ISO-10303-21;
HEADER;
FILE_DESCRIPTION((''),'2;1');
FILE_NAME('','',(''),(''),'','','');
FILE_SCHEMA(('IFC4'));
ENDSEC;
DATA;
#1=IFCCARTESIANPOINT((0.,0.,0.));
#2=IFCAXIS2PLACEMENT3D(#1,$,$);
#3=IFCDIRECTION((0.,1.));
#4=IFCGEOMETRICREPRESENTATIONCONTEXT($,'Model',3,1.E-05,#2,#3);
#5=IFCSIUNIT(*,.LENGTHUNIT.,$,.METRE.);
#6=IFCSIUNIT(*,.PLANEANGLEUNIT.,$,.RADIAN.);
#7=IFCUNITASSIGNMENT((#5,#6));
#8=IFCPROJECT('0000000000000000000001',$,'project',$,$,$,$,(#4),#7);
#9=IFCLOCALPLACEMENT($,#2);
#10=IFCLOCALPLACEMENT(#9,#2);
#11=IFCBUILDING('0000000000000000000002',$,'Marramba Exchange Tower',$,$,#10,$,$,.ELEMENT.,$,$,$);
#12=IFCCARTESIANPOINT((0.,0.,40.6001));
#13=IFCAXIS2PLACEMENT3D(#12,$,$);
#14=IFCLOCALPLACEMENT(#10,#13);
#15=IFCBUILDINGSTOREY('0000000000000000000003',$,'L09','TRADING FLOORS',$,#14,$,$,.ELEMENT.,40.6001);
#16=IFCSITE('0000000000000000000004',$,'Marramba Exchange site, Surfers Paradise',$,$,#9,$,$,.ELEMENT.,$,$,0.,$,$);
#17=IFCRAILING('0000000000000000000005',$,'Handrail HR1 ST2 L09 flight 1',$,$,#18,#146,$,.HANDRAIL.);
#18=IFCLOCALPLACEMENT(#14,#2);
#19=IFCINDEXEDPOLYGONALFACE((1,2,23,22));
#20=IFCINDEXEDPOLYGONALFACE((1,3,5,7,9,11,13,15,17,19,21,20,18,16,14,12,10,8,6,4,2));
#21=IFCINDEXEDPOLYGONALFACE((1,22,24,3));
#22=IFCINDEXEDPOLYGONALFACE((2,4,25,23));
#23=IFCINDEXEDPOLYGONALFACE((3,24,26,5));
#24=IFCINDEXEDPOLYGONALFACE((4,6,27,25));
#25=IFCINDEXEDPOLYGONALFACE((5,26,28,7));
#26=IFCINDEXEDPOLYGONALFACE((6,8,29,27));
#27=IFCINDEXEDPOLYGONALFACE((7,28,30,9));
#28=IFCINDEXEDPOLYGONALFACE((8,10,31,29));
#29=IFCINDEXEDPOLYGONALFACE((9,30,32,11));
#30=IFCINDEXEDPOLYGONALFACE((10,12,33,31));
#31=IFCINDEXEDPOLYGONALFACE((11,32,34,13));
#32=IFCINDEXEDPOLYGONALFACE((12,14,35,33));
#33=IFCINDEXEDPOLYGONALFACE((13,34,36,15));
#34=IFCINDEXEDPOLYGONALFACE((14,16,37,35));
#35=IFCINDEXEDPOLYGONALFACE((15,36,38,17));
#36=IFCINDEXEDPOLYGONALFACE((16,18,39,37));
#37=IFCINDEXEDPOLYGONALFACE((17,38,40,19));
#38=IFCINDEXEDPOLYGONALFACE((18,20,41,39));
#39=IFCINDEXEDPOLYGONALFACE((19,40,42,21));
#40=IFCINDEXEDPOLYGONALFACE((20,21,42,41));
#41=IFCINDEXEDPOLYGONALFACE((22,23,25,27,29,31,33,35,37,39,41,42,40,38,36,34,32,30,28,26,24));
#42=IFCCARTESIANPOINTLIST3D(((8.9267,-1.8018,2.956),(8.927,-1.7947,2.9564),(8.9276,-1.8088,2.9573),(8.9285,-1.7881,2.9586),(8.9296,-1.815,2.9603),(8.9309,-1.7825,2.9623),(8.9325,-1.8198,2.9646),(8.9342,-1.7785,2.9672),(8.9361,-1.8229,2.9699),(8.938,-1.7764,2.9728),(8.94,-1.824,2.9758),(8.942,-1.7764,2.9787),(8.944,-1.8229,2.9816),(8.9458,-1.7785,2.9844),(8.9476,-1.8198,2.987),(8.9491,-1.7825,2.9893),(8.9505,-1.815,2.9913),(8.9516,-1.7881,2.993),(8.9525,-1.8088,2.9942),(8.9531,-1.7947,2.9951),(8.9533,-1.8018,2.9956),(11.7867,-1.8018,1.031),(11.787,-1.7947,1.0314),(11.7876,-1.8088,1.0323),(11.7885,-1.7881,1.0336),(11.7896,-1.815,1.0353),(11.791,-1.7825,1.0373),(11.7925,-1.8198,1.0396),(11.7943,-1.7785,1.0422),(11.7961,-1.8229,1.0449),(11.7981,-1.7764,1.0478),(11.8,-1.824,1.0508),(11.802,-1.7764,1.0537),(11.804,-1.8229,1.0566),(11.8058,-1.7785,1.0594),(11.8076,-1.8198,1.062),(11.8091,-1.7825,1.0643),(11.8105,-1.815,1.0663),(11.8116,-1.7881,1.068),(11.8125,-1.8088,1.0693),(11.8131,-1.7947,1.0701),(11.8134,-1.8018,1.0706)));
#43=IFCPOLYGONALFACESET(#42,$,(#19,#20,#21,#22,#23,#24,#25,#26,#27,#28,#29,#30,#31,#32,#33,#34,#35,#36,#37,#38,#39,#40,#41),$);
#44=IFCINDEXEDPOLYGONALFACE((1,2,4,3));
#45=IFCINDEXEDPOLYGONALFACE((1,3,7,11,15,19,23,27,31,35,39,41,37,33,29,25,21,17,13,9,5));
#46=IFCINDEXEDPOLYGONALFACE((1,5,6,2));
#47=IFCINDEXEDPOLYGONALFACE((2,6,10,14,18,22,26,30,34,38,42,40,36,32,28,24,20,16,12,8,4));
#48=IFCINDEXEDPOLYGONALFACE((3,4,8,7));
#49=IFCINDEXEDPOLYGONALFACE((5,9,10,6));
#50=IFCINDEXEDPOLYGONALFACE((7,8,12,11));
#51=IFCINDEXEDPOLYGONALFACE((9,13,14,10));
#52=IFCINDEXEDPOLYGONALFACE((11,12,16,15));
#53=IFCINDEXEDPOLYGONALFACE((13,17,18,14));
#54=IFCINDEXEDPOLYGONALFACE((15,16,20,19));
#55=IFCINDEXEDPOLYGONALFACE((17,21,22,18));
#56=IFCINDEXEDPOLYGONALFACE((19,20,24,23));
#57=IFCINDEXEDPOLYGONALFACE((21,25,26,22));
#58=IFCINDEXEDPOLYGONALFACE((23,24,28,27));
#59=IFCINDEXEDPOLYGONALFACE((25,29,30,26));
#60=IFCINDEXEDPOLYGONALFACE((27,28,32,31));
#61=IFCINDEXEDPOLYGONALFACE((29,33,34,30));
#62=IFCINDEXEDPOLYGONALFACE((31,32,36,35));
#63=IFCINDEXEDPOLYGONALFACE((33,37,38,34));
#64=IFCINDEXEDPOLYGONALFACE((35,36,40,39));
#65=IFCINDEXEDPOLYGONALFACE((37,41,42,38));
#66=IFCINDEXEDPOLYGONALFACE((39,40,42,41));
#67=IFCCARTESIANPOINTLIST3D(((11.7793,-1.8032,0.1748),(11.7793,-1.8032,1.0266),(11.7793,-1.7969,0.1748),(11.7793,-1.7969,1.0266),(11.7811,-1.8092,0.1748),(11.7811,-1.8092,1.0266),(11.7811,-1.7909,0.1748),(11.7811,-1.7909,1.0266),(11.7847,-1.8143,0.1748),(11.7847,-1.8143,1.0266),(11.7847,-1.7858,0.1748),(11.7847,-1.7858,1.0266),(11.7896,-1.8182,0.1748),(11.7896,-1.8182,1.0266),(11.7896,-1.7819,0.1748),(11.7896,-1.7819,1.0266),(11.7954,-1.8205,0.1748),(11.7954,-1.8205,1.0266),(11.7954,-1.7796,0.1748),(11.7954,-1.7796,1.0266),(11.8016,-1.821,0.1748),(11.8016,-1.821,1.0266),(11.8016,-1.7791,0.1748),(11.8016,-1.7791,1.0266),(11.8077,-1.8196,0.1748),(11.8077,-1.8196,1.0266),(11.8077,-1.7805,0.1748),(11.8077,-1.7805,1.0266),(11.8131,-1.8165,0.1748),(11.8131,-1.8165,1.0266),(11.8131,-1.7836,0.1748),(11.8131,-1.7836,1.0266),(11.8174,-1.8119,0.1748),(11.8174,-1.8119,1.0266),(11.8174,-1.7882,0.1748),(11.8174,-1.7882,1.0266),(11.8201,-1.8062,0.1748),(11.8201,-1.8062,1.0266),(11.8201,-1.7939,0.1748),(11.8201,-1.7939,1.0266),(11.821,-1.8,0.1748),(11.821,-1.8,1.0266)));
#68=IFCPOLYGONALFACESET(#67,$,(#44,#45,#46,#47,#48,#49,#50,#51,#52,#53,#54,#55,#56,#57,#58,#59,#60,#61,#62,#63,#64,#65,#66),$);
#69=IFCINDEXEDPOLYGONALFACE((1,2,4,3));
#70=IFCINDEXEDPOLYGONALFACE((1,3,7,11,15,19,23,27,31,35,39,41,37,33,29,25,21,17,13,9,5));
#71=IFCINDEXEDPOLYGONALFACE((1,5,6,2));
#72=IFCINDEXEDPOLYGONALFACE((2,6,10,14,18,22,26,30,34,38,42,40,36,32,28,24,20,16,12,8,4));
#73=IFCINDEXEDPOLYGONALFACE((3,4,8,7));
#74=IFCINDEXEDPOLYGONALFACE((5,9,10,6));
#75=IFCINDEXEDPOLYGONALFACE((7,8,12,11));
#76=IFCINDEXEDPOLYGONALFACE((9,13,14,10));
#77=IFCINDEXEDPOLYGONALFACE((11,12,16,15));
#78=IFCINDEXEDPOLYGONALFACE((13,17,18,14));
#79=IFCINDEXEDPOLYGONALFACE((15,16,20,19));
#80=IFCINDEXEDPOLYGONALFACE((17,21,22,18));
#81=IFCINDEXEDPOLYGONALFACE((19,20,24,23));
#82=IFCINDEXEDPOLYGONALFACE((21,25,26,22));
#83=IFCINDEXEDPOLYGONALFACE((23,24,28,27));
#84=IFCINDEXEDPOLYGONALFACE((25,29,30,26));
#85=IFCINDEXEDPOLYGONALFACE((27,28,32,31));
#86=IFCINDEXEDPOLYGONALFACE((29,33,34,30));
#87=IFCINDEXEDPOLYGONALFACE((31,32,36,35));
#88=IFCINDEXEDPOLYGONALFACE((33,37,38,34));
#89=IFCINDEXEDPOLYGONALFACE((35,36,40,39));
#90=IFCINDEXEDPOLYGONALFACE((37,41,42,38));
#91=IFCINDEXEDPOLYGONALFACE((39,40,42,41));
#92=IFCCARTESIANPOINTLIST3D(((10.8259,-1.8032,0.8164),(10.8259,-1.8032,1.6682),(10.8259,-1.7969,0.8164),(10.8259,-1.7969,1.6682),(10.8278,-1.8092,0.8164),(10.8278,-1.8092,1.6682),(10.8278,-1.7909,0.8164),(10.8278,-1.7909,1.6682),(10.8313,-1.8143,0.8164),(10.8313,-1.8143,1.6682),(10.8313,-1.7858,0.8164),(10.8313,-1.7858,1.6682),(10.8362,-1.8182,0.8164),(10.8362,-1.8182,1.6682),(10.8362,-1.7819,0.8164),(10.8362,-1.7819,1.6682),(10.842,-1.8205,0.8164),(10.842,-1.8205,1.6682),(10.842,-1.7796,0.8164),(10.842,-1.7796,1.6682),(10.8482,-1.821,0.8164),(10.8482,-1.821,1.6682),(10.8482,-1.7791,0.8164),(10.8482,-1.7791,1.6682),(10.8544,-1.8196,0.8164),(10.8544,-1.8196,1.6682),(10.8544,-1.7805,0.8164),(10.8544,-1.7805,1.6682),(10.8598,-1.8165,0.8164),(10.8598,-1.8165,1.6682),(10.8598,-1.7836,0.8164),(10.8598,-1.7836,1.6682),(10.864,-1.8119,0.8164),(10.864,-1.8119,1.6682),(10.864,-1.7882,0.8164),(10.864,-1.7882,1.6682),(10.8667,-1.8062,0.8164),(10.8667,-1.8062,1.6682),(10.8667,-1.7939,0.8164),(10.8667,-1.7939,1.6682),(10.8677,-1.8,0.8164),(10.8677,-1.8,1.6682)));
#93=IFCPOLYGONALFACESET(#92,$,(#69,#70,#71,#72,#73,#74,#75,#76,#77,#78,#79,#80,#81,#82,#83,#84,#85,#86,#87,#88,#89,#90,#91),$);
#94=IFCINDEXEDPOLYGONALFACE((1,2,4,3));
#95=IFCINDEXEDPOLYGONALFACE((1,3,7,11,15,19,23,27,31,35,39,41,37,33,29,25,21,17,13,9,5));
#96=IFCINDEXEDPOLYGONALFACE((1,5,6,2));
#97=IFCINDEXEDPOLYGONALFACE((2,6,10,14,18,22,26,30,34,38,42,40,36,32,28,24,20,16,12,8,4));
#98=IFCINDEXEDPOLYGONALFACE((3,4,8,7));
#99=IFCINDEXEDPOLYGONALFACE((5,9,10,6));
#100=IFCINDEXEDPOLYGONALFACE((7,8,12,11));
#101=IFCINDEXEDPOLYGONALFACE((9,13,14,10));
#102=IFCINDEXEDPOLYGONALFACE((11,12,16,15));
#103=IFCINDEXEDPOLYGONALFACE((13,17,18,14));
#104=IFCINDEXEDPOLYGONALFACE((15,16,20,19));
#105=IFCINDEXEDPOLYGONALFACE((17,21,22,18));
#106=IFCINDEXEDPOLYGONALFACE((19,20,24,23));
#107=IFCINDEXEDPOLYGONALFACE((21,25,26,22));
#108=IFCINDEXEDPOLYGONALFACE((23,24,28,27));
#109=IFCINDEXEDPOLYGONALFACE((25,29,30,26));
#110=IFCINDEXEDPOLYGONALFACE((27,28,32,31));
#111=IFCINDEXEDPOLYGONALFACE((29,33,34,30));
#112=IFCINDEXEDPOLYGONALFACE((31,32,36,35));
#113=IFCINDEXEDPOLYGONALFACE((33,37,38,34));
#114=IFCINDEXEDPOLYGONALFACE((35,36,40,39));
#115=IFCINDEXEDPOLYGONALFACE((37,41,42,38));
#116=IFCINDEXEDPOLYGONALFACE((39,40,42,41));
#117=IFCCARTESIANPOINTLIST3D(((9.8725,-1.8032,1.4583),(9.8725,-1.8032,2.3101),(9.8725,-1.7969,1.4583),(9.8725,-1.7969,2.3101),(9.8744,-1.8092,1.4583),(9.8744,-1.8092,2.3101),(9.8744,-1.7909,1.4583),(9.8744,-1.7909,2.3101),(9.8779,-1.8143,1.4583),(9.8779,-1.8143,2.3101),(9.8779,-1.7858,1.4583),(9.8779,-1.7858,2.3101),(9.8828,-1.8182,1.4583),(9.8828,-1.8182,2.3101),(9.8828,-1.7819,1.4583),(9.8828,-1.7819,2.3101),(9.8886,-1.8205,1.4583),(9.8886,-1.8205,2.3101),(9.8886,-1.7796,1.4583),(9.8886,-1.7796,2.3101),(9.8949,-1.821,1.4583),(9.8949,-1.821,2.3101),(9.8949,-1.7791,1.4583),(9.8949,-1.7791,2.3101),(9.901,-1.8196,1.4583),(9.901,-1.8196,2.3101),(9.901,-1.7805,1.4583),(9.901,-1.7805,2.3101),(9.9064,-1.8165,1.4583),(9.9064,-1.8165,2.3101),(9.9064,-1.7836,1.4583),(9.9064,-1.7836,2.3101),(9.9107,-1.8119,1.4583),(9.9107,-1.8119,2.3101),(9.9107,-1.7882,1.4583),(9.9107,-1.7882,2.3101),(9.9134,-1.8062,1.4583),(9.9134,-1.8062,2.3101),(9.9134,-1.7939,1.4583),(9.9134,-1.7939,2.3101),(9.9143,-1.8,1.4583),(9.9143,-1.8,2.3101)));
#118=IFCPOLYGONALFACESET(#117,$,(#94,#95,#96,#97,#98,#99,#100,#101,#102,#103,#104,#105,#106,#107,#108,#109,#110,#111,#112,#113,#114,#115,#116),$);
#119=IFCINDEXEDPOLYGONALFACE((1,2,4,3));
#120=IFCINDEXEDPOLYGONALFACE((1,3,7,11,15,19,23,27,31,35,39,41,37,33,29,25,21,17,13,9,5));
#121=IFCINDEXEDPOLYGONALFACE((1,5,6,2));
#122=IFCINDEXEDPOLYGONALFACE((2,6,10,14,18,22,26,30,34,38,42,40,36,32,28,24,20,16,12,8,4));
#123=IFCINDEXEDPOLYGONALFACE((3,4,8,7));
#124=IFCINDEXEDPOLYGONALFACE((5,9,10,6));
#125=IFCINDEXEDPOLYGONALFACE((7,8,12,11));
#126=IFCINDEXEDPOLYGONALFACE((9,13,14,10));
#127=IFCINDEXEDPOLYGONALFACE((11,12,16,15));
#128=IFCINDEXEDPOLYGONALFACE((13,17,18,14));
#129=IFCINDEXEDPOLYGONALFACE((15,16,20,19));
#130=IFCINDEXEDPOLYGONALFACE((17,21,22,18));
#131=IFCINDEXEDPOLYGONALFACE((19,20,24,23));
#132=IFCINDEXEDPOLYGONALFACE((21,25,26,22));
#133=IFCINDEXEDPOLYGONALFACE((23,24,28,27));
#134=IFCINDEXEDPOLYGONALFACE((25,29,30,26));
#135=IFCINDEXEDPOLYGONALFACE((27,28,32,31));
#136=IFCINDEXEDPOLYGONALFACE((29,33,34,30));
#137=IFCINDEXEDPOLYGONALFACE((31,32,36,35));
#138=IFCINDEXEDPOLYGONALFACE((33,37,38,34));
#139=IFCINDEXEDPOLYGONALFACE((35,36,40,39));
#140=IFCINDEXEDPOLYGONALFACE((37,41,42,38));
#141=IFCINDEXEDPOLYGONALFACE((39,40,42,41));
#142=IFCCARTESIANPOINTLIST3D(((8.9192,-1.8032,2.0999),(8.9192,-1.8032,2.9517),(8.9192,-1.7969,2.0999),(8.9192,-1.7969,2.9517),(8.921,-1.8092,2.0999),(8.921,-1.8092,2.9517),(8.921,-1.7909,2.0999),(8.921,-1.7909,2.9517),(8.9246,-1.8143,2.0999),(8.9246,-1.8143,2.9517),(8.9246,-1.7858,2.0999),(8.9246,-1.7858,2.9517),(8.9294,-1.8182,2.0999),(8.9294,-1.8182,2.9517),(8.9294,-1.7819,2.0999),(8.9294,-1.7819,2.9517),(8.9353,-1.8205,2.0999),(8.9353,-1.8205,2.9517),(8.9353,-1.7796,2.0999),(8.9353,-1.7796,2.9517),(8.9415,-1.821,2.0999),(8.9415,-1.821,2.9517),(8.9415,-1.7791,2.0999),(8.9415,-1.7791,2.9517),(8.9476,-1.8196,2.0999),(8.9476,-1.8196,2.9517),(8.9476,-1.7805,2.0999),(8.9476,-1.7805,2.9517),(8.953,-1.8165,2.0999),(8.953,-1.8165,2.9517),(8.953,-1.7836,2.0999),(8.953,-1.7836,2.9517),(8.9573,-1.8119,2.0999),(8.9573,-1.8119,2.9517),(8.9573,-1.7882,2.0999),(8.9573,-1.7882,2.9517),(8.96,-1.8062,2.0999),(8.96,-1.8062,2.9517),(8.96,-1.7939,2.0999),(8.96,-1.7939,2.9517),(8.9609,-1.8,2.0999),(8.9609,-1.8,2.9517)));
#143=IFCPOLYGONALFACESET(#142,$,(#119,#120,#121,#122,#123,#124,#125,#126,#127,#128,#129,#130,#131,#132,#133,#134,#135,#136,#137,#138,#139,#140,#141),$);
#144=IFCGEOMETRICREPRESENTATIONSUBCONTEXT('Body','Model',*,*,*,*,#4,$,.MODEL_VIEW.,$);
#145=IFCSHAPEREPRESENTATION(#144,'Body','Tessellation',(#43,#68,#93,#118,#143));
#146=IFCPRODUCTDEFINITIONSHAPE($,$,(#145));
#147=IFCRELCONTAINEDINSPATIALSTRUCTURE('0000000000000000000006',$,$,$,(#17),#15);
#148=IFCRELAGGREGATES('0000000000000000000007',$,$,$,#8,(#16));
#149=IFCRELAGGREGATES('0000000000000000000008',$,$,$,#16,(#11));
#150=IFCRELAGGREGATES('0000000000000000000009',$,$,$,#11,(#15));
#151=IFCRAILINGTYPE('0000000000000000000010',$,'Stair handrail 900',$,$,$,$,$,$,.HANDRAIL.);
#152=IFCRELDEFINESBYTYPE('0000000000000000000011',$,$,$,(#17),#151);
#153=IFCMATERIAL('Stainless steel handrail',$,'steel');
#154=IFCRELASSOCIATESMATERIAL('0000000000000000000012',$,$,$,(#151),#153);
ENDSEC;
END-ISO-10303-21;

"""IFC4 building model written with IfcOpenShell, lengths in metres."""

from ifc_helpers import new_model, si_unit, direction, frame, origin, origin_2d, place, context, subcontext, project, spatial, circle, extrude, material, type_object, element, save


model = new_model("IFC4")

# Units and contexts
model_context = context("Model", 3, precision=1e-05, world=origin(), true_north=direction((0.0, 1.0)))
body_context = subcontext(model_context, "Body", "Model", "MODEL_VIEW")
ifc_project = project(units=[si_unit("LENGTHUNIT", "METRE"), si_unit("PLANEANGLEUNIT", "RADIAN")], contexts=[model_context])

# Site, building, storey
site_placement = place(None, origin())
site = spatial("IfcSite", under=ifc_project, at=site_placement, Name="Marramba Exchange site, Surfers Paradise", CompositionType="ELEMENT", RefElevation=0.0)
building_placement = place(site_placement, origin())
building = spatial("IfcBuilding", under=site, at=building_placement, Name="Marramba Exchange Tower", CompositionType="ELEMENT")
storey_placement = place(building_placement, frame((0.0, 0.0, 40.6001)))
storey = spatial("IfcBuildingStorey", under=building, at=storey_placement, Name="L09", Description="TRADING FLOORS", CompositionType="ELEMENT", Elevation=40.6001)

# Railing
ifc_material_1 = material(Name="Stainless steel handrail", Category="steel")
railing_type = type_object("IfcRailingType", Name="Stair handrail 900", PredefinedType="HANDRAIL", material=ifc_material_1)
railing_placement = place(storey_placement, frame((11.8, -1.8, 0.1748)))
element("IfcRailing", 1, at=railing_placement, inside=storey, type_object=railing_type, Name="Handrail HR1 ST2 L09 flight 1", PredefinedType="HANDRAIL", context=body_context, shape_type="SweptSolid", body=[
    extrude(circle(Radius=0.0239, at=origin_2d()), frame((0.0, 0.0, 0.876), z_axis=(-0.829591, 0.0, 0.558372), x_axis=(0.0, -1.0, 0.0)), (0.0, 0.0, 1.0), 3.4475),
    extrude(circle(Radius=0.021, at=origin_2d()), origin(), (0.0, 0.0, 1.0), 0.8518),
    extrude(circle(Radius=0.021, at=origin_2d()), frame((-0.9534, 0.0, 0.6416)), (0.0, 0.0, 1.0), 0.8518),
    extrude(circle(Radius=0.021, at=origin_2d()), frame((-1.9067, 0.0, 1.2834)), (0.0, 0.0, 1.0), 0.8518),
    extrude(circle(Radius=0.021, at=origin_2d()), frame((-2.8601, 0.0, 1.925)), (0.0, 0.0, 1.0), 0.8518),
])

save(model, "model.ifc")
